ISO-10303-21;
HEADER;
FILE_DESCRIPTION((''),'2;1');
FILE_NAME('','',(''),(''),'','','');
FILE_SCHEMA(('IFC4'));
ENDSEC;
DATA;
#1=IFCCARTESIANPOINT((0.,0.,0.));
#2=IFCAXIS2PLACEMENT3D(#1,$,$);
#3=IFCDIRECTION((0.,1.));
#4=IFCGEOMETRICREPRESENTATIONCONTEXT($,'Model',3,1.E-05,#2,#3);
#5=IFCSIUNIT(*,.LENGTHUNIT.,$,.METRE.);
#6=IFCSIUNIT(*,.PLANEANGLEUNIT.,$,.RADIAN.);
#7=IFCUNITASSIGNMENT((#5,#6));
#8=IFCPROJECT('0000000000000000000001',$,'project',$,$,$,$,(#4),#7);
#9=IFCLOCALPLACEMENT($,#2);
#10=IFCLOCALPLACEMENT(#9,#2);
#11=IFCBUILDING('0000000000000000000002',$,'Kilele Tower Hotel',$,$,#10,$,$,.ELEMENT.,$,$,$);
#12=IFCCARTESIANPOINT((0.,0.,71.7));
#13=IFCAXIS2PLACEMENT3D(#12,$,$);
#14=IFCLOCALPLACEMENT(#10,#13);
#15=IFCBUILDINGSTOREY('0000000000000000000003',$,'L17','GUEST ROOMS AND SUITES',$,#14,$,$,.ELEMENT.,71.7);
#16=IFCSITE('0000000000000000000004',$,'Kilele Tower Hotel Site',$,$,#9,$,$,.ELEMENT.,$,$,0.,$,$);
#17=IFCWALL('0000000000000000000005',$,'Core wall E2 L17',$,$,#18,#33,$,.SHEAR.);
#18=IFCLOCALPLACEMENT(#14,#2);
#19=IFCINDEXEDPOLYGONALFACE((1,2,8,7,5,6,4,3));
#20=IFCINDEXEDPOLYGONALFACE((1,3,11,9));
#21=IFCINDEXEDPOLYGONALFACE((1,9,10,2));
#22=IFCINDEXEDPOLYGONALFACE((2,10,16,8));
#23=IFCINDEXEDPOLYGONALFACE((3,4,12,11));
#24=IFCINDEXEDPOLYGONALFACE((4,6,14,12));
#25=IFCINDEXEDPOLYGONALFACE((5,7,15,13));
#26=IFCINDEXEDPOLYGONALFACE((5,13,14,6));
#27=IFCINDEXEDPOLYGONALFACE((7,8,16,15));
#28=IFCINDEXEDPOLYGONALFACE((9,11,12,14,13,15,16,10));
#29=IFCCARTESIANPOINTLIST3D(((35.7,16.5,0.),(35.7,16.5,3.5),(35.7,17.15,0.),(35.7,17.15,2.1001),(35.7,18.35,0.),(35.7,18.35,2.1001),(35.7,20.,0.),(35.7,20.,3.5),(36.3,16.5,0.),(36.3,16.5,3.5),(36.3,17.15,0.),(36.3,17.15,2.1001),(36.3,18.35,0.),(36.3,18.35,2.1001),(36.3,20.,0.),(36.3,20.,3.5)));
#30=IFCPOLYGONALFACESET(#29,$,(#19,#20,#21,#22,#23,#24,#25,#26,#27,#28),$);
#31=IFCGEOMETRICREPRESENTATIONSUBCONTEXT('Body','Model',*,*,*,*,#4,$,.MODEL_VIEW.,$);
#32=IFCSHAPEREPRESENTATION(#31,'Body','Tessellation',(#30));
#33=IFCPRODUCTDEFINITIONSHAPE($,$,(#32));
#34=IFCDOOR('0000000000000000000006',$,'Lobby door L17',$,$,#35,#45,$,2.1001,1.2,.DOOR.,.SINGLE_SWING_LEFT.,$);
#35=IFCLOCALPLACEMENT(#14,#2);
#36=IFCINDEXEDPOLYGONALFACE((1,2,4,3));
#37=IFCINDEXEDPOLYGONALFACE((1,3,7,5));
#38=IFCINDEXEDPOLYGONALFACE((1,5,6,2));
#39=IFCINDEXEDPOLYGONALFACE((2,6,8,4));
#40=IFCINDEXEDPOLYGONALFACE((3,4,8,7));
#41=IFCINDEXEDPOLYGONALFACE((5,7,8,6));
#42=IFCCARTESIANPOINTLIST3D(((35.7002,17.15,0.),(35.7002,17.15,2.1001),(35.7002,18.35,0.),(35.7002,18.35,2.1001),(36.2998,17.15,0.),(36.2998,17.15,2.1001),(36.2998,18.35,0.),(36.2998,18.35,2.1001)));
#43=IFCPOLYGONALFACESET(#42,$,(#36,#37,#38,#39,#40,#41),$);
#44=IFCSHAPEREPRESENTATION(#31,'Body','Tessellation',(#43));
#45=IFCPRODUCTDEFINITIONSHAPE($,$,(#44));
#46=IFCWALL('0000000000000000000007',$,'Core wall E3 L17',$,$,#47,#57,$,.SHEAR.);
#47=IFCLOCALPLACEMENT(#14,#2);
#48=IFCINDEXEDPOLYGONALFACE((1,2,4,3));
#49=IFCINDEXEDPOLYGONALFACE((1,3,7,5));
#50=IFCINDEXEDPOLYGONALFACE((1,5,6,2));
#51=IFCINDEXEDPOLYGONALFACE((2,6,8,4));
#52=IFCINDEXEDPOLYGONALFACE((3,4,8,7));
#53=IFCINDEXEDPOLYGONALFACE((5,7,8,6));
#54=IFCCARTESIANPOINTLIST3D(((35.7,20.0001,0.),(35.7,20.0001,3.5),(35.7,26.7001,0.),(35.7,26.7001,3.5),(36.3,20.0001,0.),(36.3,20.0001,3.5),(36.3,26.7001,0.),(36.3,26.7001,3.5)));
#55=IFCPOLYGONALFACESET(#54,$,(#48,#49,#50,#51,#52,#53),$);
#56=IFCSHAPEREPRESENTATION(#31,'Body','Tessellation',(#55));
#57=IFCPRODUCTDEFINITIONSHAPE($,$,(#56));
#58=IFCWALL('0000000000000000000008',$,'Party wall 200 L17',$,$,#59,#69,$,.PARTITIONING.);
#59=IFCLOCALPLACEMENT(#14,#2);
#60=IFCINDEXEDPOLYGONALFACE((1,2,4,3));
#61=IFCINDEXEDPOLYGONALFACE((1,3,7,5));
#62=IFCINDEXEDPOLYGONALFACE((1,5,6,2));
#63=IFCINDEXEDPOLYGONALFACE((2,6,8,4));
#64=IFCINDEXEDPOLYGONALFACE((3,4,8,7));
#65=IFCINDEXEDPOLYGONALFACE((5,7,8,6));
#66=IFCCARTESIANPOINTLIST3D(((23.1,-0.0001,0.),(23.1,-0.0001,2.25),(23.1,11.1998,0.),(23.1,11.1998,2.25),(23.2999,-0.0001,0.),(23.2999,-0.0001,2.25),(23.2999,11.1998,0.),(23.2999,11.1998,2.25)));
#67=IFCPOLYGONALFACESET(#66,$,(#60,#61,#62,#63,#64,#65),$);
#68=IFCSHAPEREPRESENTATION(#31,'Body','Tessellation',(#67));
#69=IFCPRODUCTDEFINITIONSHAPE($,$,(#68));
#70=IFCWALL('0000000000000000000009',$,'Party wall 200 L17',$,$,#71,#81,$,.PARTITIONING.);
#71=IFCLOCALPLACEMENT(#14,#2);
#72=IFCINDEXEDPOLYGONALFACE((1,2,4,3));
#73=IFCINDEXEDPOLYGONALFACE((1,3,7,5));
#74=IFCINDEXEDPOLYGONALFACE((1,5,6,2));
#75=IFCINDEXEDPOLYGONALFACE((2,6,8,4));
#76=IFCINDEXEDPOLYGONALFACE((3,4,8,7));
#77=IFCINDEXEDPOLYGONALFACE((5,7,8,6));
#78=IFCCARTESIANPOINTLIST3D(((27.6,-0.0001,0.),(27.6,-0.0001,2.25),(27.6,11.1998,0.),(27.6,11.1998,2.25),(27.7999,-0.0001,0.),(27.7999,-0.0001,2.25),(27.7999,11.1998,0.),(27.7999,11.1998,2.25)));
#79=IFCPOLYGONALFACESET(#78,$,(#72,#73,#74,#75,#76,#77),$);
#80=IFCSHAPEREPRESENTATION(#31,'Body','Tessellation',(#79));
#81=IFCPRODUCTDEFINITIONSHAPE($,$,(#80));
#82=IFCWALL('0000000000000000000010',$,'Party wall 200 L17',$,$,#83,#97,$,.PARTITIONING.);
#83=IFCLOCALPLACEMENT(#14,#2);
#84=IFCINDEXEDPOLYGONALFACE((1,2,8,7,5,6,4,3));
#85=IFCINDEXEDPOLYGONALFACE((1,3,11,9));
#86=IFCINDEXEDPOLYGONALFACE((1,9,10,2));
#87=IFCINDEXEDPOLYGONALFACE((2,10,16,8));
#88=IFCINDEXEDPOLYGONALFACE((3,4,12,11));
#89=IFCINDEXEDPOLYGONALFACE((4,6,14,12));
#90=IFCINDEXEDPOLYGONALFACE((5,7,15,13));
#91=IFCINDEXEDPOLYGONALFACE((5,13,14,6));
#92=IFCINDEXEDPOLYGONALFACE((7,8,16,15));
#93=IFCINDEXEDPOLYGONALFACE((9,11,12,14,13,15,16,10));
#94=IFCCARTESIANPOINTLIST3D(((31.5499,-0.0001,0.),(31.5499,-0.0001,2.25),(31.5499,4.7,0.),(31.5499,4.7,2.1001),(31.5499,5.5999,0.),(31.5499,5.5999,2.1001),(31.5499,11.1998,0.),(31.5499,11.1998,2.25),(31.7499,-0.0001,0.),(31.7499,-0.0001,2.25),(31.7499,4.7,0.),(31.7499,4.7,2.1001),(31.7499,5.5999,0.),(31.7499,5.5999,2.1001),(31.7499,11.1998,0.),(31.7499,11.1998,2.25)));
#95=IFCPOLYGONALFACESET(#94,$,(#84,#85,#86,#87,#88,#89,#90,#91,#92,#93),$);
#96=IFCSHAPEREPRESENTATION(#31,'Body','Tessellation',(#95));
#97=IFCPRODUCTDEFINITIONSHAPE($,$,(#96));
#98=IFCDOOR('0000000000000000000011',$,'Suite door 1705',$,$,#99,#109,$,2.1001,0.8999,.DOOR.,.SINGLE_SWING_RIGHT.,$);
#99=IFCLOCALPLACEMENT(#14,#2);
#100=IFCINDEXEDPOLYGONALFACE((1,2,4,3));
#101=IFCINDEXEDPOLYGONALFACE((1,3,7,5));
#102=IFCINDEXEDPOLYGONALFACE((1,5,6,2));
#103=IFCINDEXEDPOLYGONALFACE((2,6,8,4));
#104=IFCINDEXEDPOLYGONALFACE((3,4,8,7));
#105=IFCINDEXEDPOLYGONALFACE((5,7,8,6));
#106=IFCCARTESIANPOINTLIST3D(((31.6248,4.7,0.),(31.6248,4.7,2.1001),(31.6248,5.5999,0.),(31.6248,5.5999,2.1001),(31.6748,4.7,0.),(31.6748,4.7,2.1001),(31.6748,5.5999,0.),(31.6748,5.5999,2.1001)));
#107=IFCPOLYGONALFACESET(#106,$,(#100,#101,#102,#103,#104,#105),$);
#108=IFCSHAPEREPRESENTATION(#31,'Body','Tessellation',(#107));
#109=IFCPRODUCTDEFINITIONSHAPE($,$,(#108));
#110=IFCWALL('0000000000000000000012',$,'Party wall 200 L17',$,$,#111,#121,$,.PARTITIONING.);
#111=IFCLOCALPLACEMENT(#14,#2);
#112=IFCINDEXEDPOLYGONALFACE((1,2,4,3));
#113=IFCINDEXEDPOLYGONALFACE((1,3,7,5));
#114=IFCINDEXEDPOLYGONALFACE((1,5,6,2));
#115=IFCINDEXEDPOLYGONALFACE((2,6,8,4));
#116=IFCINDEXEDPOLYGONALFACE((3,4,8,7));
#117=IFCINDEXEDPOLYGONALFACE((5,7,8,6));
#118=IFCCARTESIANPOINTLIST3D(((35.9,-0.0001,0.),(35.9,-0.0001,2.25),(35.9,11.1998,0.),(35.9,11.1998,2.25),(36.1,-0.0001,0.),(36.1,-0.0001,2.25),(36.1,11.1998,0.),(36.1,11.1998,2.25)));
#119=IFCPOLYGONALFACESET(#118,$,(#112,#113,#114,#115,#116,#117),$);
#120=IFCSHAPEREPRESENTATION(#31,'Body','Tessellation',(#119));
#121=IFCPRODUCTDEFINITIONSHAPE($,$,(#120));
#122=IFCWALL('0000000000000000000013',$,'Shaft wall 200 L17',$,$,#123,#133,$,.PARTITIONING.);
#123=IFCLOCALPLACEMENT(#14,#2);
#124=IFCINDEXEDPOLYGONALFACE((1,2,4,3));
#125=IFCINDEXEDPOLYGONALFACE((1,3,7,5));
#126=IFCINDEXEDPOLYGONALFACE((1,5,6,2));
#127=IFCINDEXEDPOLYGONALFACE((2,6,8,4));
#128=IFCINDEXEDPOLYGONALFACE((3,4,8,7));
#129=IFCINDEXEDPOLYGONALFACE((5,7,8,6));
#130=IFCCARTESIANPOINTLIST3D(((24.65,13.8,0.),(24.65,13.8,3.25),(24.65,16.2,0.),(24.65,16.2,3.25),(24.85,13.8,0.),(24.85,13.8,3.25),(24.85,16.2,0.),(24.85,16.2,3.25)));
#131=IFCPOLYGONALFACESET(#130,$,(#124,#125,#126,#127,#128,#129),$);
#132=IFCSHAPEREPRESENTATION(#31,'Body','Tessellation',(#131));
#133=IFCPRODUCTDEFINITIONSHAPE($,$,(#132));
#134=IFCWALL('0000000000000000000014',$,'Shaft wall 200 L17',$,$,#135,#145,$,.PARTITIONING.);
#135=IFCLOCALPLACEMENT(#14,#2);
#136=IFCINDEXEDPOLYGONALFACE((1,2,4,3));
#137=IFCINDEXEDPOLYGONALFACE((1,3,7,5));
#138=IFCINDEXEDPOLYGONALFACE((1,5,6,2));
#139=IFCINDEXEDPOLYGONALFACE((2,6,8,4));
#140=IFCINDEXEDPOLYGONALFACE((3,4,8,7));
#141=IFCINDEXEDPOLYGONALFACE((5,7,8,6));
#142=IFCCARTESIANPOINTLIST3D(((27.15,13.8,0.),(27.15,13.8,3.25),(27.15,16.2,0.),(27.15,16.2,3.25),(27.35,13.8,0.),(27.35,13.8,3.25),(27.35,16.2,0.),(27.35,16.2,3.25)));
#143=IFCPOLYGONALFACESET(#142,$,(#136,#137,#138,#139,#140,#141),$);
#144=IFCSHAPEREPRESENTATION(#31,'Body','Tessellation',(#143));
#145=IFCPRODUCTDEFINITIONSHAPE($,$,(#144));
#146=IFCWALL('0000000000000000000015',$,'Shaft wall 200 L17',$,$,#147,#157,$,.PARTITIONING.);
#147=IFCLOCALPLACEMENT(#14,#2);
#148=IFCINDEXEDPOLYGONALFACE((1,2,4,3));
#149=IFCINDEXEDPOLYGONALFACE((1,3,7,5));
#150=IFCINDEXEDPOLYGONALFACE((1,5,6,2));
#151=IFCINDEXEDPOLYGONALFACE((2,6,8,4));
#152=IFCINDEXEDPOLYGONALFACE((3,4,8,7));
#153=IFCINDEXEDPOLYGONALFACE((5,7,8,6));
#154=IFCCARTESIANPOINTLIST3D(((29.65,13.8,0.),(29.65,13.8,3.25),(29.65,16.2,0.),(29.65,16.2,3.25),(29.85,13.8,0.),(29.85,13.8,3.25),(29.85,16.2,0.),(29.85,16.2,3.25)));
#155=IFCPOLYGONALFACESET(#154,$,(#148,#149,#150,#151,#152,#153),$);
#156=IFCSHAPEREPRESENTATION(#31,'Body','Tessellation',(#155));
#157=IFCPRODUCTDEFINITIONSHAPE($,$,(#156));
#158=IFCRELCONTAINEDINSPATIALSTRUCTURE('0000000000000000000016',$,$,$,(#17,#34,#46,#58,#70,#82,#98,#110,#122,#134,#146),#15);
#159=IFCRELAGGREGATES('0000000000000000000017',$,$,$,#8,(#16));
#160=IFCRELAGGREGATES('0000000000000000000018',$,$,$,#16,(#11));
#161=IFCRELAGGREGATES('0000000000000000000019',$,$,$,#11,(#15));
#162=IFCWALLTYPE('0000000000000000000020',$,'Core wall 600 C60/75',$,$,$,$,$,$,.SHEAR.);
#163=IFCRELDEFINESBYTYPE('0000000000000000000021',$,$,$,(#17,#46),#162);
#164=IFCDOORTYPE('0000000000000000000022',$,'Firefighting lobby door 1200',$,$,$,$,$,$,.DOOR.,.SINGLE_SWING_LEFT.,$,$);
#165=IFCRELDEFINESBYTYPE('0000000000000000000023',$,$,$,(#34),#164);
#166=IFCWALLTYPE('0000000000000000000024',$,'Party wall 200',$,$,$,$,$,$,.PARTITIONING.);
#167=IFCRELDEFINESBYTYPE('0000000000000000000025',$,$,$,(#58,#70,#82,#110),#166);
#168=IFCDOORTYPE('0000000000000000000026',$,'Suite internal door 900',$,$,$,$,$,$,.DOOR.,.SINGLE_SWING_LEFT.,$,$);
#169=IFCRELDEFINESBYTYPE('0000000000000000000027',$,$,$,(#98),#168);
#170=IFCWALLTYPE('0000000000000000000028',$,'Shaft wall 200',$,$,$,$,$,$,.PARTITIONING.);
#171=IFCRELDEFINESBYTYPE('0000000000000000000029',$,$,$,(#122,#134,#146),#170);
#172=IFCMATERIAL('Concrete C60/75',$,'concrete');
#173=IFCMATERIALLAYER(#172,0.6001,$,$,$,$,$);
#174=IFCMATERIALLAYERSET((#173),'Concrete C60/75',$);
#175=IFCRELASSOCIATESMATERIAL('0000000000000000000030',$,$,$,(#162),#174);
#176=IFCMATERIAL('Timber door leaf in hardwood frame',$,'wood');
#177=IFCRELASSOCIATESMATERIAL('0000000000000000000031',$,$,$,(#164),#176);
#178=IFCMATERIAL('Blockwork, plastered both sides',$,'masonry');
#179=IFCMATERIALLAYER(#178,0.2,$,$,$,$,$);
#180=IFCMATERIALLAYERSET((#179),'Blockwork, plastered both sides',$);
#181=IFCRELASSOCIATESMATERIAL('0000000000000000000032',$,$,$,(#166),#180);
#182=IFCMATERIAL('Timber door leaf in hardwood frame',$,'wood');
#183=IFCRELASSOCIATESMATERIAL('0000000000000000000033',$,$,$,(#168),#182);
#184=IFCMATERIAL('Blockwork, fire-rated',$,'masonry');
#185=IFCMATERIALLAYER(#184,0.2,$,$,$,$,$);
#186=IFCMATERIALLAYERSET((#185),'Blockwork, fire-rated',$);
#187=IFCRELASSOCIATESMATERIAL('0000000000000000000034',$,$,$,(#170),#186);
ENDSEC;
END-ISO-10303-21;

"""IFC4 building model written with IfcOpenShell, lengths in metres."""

from ifc_helpers import new_model, si_unit, direction, frame, frame_2d, origin, place, context, subcontext, project, spatial, rectangle, extrude, material, layer, layer_set, type_object, element, fill, save


model = new_model("IFC4")

# Units and contexts
model_context = context("Model", 3, precision=1e-05, world=origin(), true_north=direction((0.0, 1.0)))
body_context = subcontext(model_context, "Body", "Model", "MODEL_VIEW")
ifc_project = project(units=[si_unit("LENGTHUNIT", "METRE"), si_unit("PLANEANGLEUNIT", "RADIAN")], contexts=[model_context])

# Site, building, storey
site_placement = place(None, origin())
site = spatial("IfcSite", under=ifc_project, at=site_placement, Name="Kilele Tower Hotel Site", CompositionType="ELEMENT", RefElevation=0.0)
building_placement = place(site_placement, origin())
building = spatial("IfcBuilding", under=site, at=building_placement, Name="Kilele Tower Hotel", CompositionType="ELEMENT")
storey_placement = place(building_placement, frame((0.0, 0.0, 71.7)))
storey = spatial("IfcBuildingStorey", under=building, at=storey_placement, Name="L17", Description="GUEST ROOMS AND SUITES", CompositionType="ELEMENT", Elevation=71.7)

# Shared definitions
ifc_material_1 = material(Name="Concrete C60/75", Category="concrete")
ifc_layer_1 = layer(ifc_material_1, 0.6001)
ifc_layer_set_1 = layer_set([ifc_layer_1], Name="Concrete C60/75")
wall_type_1 = type_object("IfcWallType", Name="Core wall 600 C60/75", PredefinedType="SHEAR", material=ifc_layer_set_1)
ifc_material_2 = material(Name="Timber door leaf in hardwood frame", Category="wood")
door_type_1 = type_object("IfcDoorType", Name="Firefighting lobby door 1200", OperationType="SINGLE_SWING_LEFT", PredefinedType="DOOR", material=ifc_material_2)

# Wall, opening, door
wall_1_placement = place(storey_placement, frame((36.0, 16.5, 0.0), z_axis=(0.0, 0.0, 1.0), x_axis=(0.0, 1.0, 0.0)))
wall_1 = element("IfcWall", 1, at=wall_1_placement, inside=storey, type_object=wall_type_1, Name="Core wall E2 L17", PredefinedType="SHEAR", context=body_context, shape_type="SweptSolid", body=[
    extrude(rectangle(XDim=3.5, YDim=0.6001, at=frame_2d((1.75, 0.0))), origin(), (0.0, 0.0, 1.0), 3.5),
])
opening_1_placement = place(wall_1_placement, frame((0.6499, 0.0, 0.0)))
opening_1 = element("IfcOpeningElement", 2, at=opening_1_placement, cuts=wall_1, PredefinedType="OPENING", context=body_context, shape_type="SweptSolid", body=[
    extrude(rectangle(XDim=1.2, YDim=2.1001, at=frame_2d((0.6001, 1.05))), frame((0.0, 0.3101, 0.0), z_axis=(0.0, -1.0, 0.0), x_axis=(1.0, 0.0, 0.0)), (0.0, 0.0, 1.0), 0.6201),
])
door_1_placement = place(opening_1_placement, origin())
door_1 = element("IfcDoor", 3, at=door_1_placement, inside=storey, type_object=door_type_1, Name="Lobby door L17", OperationType="SINGLE_SWING_LEFT", OverallHeight=2.1001, OverallWidth=1.2, PredefinedType="DOOR", context=body_context, shape_type="SweptSolid", body=[
    extrude(rectangle(XDim=1.2, YDim=2.1001, at=frame_2d((0.6001, 1.05))), frame((0.0, 0.2998, 0.0), z_axis=(0.0, -1.0, 0.0), x_axis=(1.0, 0.0, 0.0)), (0.0, 0.0, 1.0), 0.5996),
])
fill(opening_1, door_1)

# Walls
wall_2_placement = place(storey_placement, frame((36.0, 20.0, 0.0), z_axis=(0.0, 0.0, 1.0), x_axis=(0.0, 1.0, 0.0)))
element("IfcWall", 4, at=wall_2_placement, inside=storey, type_object=wall_type_1, Name="Core wall E3 L17", PredefinedType="SHEAR", context=body_context, shape_type="SweptSolid", body=[
    extrude(rectangle(XDim=6.7, YDim=0.6001, at=frame_2d((3.3501, 0.0))), origin(), (0.0, 0.0, 1.0), 3.5),
])
ifc_material_3 = material(Name="Blockwork, plastered both sides", Category="masonry")
ifc_layer_2 = layer(ifc_material_3, 0.2)
ifc_layer_set_2 = layer_set([ifc_layer_2], Name="Blockwork, plastered both sides")
wall_type_2 = type_object("IfcWallType", Name="Party wall 200", PredefinedType="PARTITIONING", material=ifc_layer_set_2)
for number, where, z_axis, x_axis, name in (
    (5, (23.2, 11.2, 0.0), (0.0, 0.0, 1.0), (0.0, -1.0, 0.0), "Party wall 200 L17"),
    (6, (27.7, 11.2, 0.0), (0.0, 0.0, 1.0), (0.0, -1.0, 0.0), "Party wall 200 L17"),
):
    element("IfcWall", number, at=place(storey_placement, frame(where, z_axis=z_axis, x_axis=x_axis)), inside=storey, type_object=wall_type_2, Name=name, PredefinedType="PARTITIONING", context=body_context, shape_type="SweptSolid", body=[
        extrude(rectangle(XDim=11.2, YDim=0.2, at=frame_2d((5.6001, 0.0))), origin(), (0.0, 0.0, 1.0), 2.25),
    ])

# Wall, opening, door
wall_3_placement = place(storey_placement, frame((31.6499, 11.2, 0.0), z_axis=(0.0, 0.0, 1.0), x_axis=(0.0, -1.0, 0.0)))
wall_3 = element("IfcWall", 7, at=wall_3_placement, inside=storey, type_object=wall_type_2, Name="Party wall 200 L17", PredefinedType="PARTITIONING", context=body_context, shape_type="SweptSolid", body=[
    extrude(rectangle(XDim=11.2, YDim=0.2, at=frame_2d((5.6001, 0.0))), origin(), (0.0, 0.0, 1.0), 2.25),
])
opening_2_placement = place(wall_3_placement, frame((5.6001, 0.0, 0.0)))
opening_2 = element("IfcOpeningElement", 8, at=opening_2_placement, cuts=wall_3, PredefinedType="OPENING", context=body_context, shape_type="SweptSolid", body=[
    extrude(rectangle(XDim=0.8999, YDim=2.1001, at=frame_2d((0.45, 1.05))), frame((0.0, 0.1099, 0.0), z_axis=(0.0, -1.0, 0.0), x_axis=(1.0, 0.0, 0.0)), (0.0, 0.0, 1.0), 0.22),
])
ifc_material_4 = material(Name="Timber door leaf in hardwood frame", Category="wood")
door_type_2 = type_object("IfcDoorType", Name="Suite internal door 900", OperationType="SINGLE_SWING_LEFT", PredefinedType="DOOR", material=ifc_material_4)
door_2_placement = place(opening_2_placement, origin())
door_2 = element("IfcDoor", 9, at=door_2_placement, inside=storey, type_object=door_type_2, Name="Suite door 1705", OperationType="SINGLE_SWING_RIGHT", OverallHeight=2.1001, OverallWidth=0.8999, PredefinedType="DOOR", context=body_context, shape_type="SweptSolid", body=[
    extrude(rectangle(XDim=0.8999, YDim=2.1001, at=frame_2d((0.45, 1.05))), frame((0.0, 0.0249, 0.0), z_axis=(0.0, -1.0, 0.0), x_axis=(1.0, 0.0, 0.0)), (0.0, 0.0, 1.0), 0.05),
])
fill(opening_2, door_2)

# Walls
wall_4_placement = place(storey_placement, frame((36.0, 11.2, 0.0), z_axis=(0.0, 0.0, 1.0), x_axis=(0.0, -1.0, 0.0)))
element("IfcWall", 10, at=wall_4_placement, inside=storey, type_object=wall_type_2, Name="Party wall 200 L17", PredefinedType="PARTITIONING", context=body_context, shape_type="SweptSolid", body=[
    extrude(rectangle(XDim=11.2, YDim=0.2, at=frame_2d((5.6001, 0.0))), origin(), (0.0, 0.0, 1.0), 2.25),
])
ifc_material_5 = material(Name="Blockwork, fire-rated", Category="masonry")
ifc_layer_3 = layer(ifc_material_5, 0.2)
ifc_layer_set_3 = layer_set([ifc_layer_3], Name="Blockwork, fire-rated")
wall_type_3 = type_object("IfcWallType", Name="Shaft wall 200", PredefinedType="PARTITIONING", material=ifc_layer_set_3)
for number, where, z_axis, x_axis, name in (
    (11, (24.75, 13.8, 0.0), (0.0, 0.0, 1.0), (0.0, 1.0, 0.0), "Shaft wall 200 L17"),
    (12, (27.25, 13.8, 0.0), (0.0, 0.0, 1.0), (0.0, 1.0, 0.0), "Shaft wall 200 L17"),
    (13, (29.75, 13.8, 0.0), (0.0, 0.0, 1.0), (0.0, 1.0, 0.0), "Shaft wall 200 L17"),
):
    element("IfcWall", number, at=place(storey_placement, frame(where, z_axis=z_axis, x_axis=x_axis)), inside=storey, type_object=wall_type_3, Name=name, PredefinedType="PARTITIONING", context=body_context, shape_type="SweptSolid", body=[
        extrude(rectangle(XDim=2.3999, YDim=0.2, at=frame_2d((1.2, 0.0))), origin(), (0.0, 0.0, 1.0), 3.25),
    ])

save(model, "model.ifc")
